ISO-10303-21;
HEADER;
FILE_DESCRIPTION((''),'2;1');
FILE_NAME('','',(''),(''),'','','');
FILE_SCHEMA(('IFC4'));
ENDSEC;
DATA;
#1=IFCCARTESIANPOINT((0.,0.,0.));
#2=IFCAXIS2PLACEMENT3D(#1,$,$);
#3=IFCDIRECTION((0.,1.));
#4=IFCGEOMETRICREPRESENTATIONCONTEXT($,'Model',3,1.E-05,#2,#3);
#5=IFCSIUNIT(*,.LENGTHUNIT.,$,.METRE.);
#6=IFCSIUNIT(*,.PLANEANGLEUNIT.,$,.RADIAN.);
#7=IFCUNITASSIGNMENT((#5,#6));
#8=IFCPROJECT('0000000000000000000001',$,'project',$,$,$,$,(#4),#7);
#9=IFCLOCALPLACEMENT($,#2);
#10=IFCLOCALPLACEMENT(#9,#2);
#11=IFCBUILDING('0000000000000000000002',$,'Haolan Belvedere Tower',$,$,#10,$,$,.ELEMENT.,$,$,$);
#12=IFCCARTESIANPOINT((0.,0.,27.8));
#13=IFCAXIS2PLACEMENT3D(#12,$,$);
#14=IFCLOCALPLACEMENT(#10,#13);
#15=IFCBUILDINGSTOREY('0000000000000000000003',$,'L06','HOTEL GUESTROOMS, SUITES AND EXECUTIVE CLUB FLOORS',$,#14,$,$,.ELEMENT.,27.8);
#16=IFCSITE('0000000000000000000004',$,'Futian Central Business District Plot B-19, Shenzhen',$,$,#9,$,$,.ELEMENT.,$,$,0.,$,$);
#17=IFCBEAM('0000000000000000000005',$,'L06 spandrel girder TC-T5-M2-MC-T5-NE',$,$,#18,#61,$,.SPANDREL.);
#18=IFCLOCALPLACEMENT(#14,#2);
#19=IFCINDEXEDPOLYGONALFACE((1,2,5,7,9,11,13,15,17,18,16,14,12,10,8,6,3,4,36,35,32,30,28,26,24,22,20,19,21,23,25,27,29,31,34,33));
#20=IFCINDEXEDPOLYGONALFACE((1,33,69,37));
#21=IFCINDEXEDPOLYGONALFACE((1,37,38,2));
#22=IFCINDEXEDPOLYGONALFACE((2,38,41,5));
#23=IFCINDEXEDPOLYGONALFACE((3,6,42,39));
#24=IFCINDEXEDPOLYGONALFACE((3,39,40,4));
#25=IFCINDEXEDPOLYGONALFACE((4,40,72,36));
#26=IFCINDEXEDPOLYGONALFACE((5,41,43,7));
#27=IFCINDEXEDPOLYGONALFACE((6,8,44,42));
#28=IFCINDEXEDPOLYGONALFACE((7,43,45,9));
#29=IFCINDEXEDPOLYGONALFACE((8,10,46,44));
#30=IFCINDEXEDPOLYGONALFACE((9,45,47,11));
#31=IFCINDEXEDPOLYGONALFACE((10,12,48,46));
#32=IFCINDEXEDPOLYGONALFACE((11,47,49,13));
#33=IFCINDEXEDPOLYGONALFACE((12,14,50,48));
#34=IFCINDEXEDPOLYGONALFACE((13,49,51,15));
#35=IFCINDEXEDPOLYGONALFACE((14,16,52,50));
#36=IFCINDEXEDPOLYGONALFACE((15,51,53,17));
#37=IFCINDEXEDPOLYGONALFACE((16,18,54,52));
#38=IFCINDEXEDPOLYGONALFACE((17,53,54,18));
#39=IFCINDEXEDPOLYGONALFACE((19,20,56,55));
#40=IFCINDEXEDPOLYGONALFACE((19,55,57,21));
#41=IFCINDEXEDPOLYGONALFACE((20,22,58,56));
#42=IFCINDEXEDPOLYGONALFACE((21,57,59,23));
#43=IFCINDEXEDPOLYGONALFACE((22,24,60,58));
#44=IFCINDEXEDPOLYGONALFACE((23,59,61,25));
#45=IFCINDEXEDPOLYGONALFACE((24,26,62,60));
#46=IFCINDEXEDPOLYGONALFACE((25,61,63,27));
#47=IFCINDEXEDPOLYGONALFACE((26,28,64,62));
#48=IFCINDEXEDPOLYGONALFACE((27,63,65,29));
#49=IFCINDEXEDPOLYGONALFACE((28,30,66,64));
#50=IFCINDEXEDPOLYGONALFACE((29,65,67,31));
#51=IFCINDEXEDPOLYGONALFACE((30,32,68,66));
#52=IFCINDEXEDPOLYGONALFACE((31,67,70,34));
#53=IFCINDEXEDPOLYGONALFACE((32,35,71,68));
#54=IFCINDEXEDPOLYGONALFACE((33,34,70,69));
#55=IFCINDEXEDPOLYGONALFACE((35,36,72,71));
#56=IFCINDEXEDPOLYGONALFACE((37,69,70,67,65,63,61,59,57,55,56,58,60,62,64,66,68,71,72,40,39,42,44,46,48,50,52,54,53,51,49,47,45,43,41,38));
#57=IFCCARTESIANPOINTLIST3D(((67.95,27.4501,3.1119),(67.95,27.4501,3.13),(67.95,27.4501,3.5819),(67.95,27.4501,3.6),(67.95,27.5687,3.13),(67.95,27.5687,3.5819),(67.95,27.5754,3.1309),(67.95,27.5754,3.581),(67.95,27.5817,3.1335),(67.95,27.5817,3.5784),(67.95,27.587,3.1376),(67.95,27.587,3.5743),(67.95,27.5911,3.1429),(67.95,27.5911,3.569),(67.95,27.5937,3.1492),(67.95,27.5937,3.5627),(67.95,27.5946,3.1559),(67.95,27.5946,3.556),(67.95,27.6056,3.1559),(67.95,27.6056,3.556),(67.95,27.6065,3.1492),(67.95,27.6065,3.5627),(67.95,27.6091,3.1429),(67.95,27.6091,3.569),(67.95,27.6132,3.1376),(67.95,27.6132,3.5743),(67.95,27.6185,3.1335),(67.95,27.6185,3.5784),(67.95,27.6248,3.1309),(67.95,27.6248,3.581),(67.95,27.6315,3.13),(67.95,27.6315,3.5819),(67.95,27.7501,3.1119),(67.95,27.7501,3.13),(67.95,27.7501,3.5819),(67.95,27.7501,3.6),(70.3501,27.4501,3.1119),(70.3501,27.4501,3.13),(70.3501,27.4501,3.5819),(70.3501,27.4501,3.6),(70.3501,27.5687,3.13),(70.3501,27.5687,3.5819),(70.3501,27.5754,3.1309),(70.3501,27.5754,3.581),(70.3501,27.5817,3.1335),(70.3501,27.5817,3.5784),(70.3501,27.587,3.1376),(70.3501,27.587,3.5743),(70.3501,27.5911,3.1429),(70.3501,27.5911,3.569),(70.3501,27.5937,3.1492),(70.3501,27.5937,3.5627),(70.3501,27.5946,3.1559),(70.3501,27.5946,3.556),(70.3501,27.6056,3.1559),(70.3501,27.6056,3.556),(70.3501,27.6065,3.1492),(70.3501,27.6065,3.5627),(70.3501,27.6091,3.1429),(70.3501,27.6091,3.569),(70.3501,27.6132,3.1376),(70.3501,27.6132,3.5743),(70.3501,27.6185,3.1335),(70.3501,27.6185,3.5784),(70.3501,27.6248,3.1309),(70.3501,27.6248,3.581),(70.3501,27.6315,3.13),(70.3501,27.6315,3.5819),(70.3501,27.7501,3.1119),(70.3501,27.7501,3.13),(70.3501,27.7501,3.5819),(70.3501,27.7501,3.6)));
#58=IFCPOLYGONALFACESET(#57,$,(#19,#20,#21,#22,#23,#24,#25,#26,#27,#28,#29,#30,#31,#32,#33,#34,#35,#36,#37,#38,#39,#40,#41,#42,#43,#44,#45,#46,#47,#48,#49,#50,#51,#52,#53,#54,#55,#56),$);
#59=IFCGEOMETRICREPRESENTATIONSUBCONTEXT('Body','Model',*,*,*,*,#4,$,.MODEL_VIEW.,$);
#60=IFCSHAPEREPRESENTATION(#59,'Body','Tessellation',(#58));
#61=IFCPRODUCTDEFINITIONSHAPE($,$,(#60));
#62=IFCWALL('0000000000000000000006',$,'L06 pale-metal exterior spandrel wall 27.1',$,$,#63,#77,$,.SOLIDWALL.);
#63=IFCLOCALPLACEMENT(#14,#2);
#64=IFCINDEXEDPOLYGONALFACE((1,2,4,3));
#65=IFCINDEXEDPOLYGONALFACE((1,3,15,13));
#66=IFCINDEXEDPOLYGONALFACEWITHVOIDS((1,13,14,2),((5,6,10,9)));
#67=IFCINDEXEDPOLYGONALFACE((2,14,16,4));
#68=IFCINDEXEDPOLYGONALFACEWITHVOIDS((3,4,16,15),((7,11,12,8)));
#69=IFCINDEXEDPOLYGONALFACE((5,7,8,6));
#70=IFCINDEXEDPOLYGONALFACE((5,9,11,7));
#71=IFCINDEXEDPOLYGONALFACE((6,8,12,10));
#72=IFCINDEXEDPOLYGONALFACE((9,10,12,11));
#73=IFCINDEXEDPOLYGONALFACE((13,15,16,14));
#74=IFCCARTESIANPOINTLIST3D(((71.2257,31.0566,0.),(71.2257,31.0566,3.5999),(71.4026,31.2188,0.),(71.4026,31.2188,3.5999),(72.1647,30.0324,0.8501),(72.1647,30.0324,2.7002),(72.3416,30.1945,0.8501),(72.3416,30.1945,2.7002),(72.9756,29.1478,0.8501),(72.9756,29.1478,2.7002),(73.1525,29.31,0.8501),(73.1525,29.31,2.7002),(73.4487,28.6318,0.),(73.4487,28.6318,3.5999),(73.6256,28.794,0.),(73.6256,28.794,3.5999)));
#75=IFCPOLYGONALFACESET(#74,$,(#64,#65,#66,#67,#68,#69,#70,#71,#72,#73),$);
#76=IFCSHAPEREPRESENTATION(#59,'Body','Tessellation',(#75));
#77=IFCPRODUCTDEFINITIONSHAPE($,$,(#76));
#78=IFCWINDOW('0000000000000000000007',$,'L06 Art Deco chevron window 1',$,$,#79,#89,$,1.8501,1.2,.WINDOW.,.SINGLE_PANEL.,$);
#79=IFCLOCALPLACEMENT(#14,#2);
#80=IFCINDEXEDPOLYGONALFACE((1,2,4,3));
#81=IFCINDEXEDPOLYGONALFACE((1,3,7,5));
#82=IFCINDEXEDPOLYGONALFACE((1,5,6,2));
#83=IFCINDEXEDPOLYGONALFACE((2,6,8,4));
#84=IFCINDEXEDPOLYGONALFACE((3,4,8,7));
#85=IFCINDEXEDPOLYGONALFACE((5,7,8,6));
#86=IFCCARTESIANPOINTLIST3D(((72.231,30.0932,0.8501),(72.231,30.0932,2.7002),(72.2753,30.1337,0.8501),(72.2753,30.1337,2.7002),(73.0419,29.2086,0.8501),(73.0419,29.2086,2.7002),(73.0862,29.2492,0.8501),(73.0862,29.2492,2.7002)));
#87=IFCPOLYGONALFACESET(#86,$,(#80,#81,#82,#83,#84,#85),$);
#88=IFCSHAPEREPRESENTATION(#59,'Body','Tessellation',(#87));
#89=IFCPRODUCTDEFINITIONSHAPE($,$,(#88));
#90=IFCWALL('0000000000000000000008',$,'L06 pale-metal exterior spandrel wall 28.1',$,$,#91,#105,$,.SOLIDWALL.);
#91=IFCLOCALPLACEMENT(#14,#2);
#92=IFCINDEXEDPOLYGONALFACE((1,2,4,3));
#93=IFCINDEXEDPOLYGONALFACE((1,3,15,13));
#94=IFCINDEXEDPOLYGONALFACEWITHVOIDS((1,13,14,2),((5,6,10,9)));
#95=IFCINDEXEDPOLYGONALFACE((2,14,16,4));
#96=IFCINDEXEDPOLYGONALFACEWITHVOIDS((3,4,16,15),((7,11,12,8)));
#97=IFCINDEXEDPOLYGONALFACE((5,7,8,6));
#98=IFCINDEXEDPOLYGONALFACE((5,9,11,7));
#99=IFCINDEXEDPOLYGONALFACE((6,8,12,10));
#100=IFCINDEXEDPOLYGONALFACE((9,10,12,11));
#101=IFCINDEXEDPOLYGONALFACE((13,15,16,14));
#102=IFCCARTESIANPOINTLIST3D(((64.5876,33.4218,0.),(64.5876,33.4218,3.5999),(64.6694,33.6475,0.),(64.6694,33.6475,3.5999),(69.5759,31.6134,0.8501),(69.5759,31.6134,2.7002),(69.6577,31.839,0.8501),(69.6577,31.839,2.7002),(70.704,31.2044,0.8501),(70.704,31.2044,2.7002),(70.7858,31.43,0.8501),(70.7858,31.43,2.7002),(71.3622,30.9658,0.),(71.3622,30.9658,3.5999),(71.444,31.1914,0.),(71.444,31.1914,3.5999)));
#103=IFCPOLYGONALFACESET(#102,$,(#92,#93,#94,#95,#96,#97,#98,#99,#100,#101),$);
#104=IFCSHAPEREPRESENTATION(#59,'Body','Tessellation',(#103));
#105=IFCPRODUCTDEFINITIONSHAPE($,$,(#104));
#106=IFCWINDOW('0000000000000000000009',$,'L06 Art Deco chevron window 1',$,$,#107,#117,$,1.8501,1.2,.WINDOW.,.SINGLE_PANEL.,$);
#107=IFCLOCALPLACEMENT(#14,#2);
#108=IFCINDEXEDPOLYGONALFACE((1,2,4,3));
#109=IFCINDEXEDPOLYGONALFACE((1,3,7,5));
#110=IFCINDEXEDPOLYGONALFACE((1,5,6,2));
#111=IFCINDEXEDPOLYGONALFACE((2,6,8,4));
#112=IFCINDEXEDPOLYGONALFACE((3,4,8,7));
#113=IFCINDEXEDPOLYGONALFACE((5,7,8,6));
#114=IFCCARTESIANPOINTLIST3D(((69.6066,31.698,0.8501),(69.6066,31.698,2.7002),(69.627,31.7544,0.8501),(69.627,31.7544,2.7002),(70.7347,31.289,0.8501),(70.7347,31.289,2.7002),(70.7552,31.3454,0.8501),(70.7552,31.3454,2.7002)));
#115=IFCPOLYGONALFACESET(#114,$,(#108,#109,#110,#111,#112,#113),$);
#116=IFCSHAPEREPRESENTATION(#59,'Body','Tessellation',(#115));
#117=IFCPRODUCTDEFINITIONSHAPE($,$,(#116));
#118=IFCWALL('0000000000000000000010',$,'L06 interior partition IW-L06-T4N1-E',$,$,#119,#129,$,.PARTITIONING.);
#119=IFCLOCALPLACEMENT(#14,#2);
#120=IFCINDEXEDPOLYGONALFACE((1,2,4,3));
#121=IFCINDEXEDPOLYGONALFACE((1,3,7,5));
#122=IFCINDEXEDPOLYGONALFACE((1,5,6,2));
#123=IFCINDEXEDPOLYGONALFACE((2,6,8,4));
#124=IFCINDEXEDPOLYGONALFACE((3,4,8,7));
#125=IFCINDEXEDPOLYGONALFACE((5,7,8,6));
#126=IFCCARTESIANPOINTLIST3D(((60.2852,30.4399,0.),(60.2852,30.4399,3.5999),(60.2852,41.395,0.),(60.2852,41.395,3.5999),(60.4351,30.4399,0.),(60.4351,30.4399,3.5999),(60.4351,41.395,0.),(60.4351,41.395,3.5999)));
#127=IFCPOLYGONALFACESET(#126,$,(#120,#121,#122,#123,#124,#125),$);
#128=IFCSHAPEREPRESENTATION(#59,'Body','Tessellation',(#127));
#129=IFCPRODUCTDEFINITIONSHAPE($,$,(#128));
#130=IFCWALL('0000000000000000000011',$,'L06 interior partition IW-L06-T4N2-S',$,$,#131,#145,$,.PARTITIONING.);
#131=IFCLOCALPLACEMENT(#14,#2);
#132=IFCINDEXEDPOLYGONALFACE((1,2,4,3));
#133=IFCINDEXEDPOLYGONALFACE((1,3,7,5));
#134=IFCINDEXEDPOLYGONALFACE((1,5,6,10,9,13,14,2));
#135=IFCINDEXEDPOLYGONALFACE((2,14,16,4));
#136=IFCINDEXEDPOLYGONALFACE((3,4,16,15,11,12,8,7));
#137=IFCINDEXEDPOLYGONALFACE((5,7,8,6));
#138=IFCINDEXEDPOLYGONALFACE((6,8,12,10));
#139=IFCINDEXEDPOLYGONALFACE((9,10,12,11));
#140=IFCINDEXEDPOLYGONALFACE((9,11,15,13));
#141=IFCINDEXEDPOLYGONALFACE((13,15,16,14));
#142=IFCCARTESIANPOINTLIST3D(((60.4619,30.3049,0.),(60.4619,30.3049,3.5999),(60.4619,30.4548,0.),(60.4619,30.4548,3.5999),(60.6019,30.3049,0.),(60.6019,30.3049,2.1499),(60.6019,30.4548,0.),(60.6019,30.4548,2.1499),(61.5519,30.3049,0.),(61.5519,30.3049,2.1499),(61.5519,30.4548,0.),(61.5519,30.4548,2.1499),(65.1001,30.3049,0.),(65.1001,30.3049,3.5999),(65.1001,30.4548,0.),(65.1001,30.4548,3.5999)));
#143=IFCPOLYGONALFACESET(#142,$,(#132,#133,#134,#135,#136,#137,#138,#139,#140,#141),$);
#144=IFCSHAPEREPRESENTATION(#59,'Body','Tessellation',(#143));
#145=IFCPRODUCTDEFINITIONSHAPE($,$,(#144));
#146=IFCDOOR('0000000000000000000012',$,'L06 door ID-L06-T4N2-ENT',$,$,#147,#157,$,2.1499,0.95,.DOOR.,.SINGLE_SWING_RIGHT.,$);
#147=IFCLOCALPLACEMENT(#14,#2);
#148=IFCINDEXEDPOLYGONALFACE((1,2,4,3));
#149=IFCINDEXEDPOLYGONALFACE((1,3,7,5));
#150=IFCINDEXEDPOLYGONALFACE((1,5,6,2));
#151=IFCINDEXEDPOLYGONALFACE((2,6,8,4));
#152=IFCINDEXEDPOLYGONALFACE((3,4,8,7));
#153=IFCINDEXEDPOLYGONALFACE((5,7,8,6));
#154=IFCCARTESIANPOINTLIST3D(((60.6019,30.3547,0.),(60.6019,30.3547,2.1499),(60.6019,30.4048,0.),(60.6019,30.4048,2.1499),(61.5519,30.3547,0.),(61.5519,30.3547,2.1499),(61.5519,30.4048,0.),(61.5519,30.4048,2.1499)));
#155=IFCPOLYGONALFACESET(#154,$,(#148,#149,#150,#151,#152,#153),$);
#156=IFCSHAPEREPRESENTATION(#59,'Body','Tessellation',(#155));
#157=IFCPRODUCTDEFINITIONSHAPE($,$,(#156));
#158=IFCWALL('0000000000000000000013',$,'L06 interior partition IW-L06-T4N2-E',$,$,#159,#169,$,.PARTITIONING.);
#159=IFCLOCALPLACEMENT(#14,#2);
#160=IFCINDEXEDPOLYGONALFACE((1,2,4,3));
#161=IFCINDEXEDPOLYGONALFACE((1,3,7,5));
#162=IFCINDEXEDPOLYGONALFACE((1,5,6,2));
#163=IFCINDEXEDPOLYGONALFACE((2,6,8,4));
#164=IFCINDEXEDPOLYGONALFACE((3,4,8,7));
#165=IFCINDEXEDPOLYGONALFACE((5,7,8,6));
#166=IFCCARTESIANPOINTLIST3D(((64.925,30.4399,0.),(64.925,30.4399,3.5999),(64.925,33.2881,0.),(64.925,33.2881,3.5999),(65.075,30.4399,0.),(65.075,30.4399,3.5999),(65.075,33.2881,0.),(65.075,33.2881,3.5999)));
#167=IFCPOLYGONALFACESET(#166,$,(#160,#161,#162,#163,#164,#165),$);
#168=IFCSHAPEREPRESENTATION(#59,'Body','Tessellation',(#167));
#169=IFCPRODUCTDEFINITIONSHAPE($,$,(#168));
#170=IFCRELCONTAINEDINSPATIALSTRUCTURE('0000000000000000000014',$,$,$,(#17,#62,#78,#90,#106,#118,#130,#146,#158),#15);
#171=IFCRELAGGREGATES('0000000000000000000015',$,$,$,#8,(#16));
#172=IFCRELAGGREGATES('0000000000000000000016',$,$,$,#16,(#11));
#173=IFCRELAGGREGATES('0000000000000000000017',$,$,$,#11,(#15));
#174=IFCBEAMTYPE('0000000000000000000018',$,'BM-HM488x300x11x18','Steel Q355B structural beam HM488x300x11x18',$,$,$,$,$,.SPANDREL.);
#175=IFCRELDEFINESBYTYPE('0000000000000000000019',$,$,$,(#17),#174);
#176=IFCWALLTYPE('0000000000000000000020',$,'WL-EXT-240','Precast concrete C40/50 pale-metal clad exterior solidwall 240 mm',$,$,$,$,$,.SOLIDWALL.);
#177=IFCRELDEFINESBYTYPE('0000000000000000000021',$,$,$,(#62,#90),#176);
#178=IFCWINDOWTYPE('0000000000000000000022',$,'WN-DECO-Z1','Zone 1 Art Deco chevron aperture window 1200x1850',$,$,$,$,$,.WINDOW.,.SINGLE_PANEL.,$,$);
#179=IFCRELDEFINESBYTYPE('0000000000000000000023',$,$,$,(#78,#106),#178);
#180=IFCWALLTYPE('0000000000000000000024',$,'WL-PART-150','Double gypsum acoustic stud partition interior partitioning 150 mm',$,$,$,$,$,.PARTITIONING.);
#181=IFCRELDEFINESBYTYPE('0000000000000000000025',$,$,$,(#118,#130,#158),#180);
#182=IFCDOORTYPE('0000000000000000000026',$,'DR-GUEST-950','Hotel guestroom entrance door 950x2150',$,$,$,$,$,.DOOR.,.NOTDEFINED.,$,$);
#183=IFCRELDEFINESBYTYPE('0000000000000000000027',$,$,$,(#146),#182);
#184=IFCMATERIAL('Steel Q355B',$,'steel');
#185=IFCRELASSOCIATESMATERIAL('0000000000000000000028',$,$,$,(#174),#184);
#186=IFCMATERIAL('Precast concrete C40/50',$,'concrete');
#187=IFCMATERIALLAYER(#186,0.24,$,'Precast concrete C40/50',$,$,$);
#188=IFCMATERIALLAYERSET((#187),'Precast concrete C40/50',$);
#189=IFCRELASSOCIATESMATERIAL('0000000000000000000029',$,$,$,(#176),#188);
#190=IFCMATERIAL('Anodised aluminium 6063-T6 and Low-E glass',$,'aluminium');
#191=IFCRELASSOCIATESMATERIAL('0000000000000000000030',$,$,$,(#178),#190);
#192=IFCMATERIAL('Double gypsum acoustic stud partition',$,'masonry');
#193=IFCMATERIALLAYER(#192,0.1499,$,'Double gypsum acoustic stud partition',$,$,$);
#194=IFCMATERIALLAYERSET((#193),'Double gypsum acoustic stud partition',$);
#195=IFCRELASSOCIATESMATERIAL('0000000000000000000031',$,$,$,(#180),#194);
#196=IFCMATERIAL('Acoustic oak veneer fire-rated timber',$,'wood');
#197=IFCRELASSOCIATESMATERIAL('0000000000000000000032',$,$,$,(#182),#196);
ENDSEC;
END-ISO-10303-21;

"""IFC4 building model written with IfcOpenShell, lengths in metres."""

from ifc_helpers import new_model, si_unit, direction, frame, frame_2d, origin, origin_2d, place, context, subcontext, project, spatial, rectangle, i_section, extrude, material, layer, layer_set, material_profile, profile_set, type_object, element, fill, save


model = new_model("IFC4")

# Units and contexts
model_context = context("Model", 3, precision=1e-05, world=origin(), true_north=direction((0.0, 1.0)))
body_context = subcontext(model_context, "Body", "Model", "MODEL_VIEW")
ifc_project = project(units=[si_unit("LENGTHUNIT", "METRE"), si_unit("PLANEANGLEUNIT", "RADIAN")], contexts=[model_context])

# Site, building, storey
site_placement = place(None, origin())
site = spatial("IfcSite", under=ifc_project, at=site_placement, Name="Futian Central Business District Plot B-19, Shenzhen", CompositionType="ELEMENT", RefElevation=0.0)
building_placement = place(site_placement, origin())
building = spatial("IfcBuilding", under=site, at=building_placement, Name="Haolan Belvedere Tower", CompositionType="ELEMENT")
storey_placement = place(building_placement, frame((0.0, 0.0, 27.8)))
storey = spatial("IfcBuildingStorey", under=building, at=storey_placement, Name="L06", Description="HOTEL GUESTROOMS, SUITES AND EXECUTIVE CLUB FLOORS", CompositionType="ELEMENT", Elevation=27.8)

# Shared definitions
ifc_material_1 = material(Name="Steel Q355B", Category="steel")

# Beam
ifc_material_profile_1 = material_profile(ifc_material_1, i_section(OverallWidth=0.3, OverallDepth=0.488, WebThickness=0.011, FlangeThickness=0.0181, FilletRadius=0.0259, at=origin_2d()), Name="Steel Q355B")
ifc_profile_set_1 = profile_set([ifc_material_profile_1], Name="Steel Q355B")
beam_type = type_object("IfcBeamType", Name="BM-HM488x300x11x18", Description="Steel Q355B structural beam HM488x300x11x18", PredefinedType="SPANDREL", material=ifc_profile_set_1)
for number, where, z_axis, x_axis, name in (
    (1, (67.95, 27.6001, 3.356), (1.0, 0.0, 0.0), (0.0, 1.0, 0.0), "L06 spandrel girder TC-T5-M2-MC-T5-NE"),
):
    element("IfcBeam", number, at=place(storey_placement, frame(where, z_axis=z_axis, x_axis=x_axis)), inside=storey, type_object=beam_type, Name=name, PredefinedType="SPANDREL", context=body_context, shape_type="SweptSolid", body=[
        extrude(i_section(OverallWidth=0.3, OverallDepth=0.488, WebThickness=0.011, FlangeThickness=0.0181, FilletRadius=0.0259, at=origin_2d()), origin(), (0.0, 0.0, 1.0), 2.4001),
    ])

# Walls, openings, windows
ifc_material_2 = material(Name="Precast concrete C40/50", Category="concrete")
ifc_layer_1 = layer(ifc_material_2, 0.24, Name="Precast concrete C40/50")
ifc_layer_set_1 = layer_set([ifc_layer_1], Name="Precast concrete C40/50")
wall_type_1 = type_object("IfcWallType", Name="WL-EXT-240", Description="Precast concrete C40/50 pale-metal clad exterior solidwall 240 mm", PredefinedType="SOLIDWALL", material=ifc_layer_set_1)
wall_1_placement = place(storey_placement, frame((73.5371, 28.7129, 0.0), z_axis=(0.0, 0.0, 1.0), x_axis=(-0.675752, 0.737129, 0.0)))
wall_1 = element("IfcWall", 2, at=wall_1_placement, inside=storey, type_object=wall_type_1, Name="L06 pale-metal exterior spandrel wall 27.1", PredefinedType="SOLIDWALL", context=body_context, shape_type="SweptSolid", body=[
    extrude(rectangle(XDim=3.2896, YDim=0.24, at=frame_2d((1.6448, 0.0))), origin(), (0.0, 0.0, 1.0), 3.5999),
])
opening_1_placement = place(wall_1_placement, frame((0.7, 0.0, 0.8501)))
opening_1 = element("IfcOpeningElement", 3, at=opening_1_placement, cuts=wall_1, PredefinedType="OPENING", context=body_context, shape_type="SweptSolid", body=[
    extrude(rectangle(XDim=1.2, YDim=1.8501, at=frame_2d((0.6001, 0.925))), frame((0.0, 0.1299, 0.0), z_axis=(0.0, -1.0, 0.0), x_axis=(1.0, 0.0, 0.0)), (0.0, 0.0, 1.0), 0.26),
])
ifc_material_3 = material(Name="Anodised aluminium 6063-T6 and Low-E glass", Category="aluminium")
window_type = type_object("IfcWindowType", Name="WN-DECO-Z1", Description="Zone 1 Art Deco chevron aperture window 1200x1850", PartitioningType="SINGLE_PANEL", PredefinedType="WINDOW", material=ifc_material_3)
window_1_placement = place(opening_1_placement, origin())
window_1 = element("IfcWindow", 4, at=window_1_placement, inside=storey, type_object=window_type, Name="L06 Art Deco chevron window 1", OverallHeight=1.8501, OverallWidth=1.2, PartitioningType="SINGLE_PANEL", PredefinedType="WINDOW", context=body_context, shape_type="SweptSolid", body=[
    extrude(rectangle(XDim=1.2, YDim=1.8501, at=frame_2d((0.6001, 0.925))), frame((0.0, 0.03, 0.0), z_axis=(0.0, -1.0, 0.0), x_axis=(1.0, 0.0, 0.0)), (0.0, 0.0, 1.0), 0.0601),
])
fill(opening_1, window_1)
wall_2_placement = place(storey_placement, frame((71.4031, 31.0786, 0.0), z_axis=(0.0, 0.0, 1.0), x_axis=(-0.940125, 0.340829, 0.0)))
wall_2 = element("IfcWall", 5, at=wall_2_placement, inside=storey, type_object=wall_type_1, Name="L06 pale-metal exterior spandrel wall 28.1", PredefinedType="SOLIDWALL", context=body_context, shape_type="SweptSolid", body=[
    extrude(rectangle(XDim=7.2061, YDim=0.24, at=frame_2d((3.603, 0.0))), origin(), (0.0, 0.0, 1.0), 3.5999),
])
opening_2_placement = place(wall_2_placement, frame((0.7, 0.0, 0.8501)))
opening_2 = element("IfcOpeningElement", 6, at=opening_2_placement, cuts=wall_2, PredefinedType="OPENING", context=body_context, shape_type="SweptSolid", body=[
    extrude(rectangle(XDim=1.2, YDim=1.8501, at=frame_2d((0.6001, 0.925))), frame((0.0, 0.1299, 0.0), z_axis=(0.0, -1.0, 0.0), x_axis=(1.0, 0.0, 0.0)), (0.0, 0.0, 1.0), 0.26),
])
window_2_placement = place(opening_2_placement, origin())
window_2 = element("IfcWindow", 7, at=window_2_placement, inside=storey, type_object=window_type, Name="L06 Art Deco chevron window 1", OverallHeight=1.8501, OverallWidth=1.2, PartitioningType="SINGLE_PANEL", PredefinedType="WINDOW", context=body_context, shape_type="SweptSolid", body=[
    extrude(rectangle(XDim=1.2, YDim=1.8501, at=frame_2d((0.6001, 0.925))), frame((0.0, 0.03, 0.0), z_axis=(0.0, -1.0, 0.0), x_axis=(1.0, 0.0, 0.0)), (0.0, 0.0, 1.0), 0.0601),
])
fill(opening_2, window_2)

# Wall
ifc_material_4 = material(Name="Double gypsum acoustic stud partition", Category="masonry")
ifc_layer_2 = layer(ifc_material_4, 0.1499, Name="Double gypsum acoustic stud partition")
ifc_layer_set_2 = layer_set([ifc_layer_2], Name="Double gypsum acoustic stud partition")
wall_type_2 = type_object("IfcWallType", Name="WL-PART-150", Description="Double gypsum acoustic stud partition interior partitioning 150 mm", PredefinedType="PARTITIONING", material=ifc_layer_set_2)
wall_3_placement = place(storey_placement, frame((60.3601, 30.4399, 0.0), z_axis=(0.0, 0.0, 1.0), x_axis=(0.0, 1.0, 0.0)))
element("IfcWall", 8, at=wall_3_placement, inside=storey, type_object=wall_type_2, Name="L06 interior partition IW-L06-T4N1-E", PredefinedType="PARTITIONING", context=body_context, shape_type="SweptSolid", body=[
    extrude(rectangle(XDim=10.9551, YDim=0.1499, at=frame_2d((5.4775, 0.0))), origin(), (0.0, 0.0, 1.0), 3.5999),
])

# Wall, opening, door
wall_4_placement = place(storey_placement, frame((60.4619, 30.3799, 0.0), z_axis=(0.0, 0.0, 1.0), x_axis=(1.0, 0.0, 0.0)))
wall_4 = element("IfcWall", 9, at=wall_4_placement, inside=storey, type_object=wall_type_2, Name="L06 interior partition IW-L06-T4N2-S", PredefinedType="PARTITIONING", context=body_context, shape_type="SweptSolid", body=[
    extrude(rectangle(XDim=4.6382, YDim=0.1499, at=frame_2d((2.3191, 0.0))), origin(), (0.0, 0.0, 1.0), 3.5999),
])
opening_3_placement = place(wall_4_placement, frame((0.1399, 0.0, 0.0)))
opening_3 = element("IfcOpeningElement", 10, at=opening_3_placement, cuts=wall_4, PredefinedType="OPENING", context=body_context, shape_type="SweptSolid", body=[
    extrude(rectangle(XDim=0.95, YDim=2.1499, at=frame_2d((0.4751, 1.075))), frame((0.0, 0.085, 0.0), z_axis=(0.0, -1.0, 0.0), x_axis=(1.0, 0.0, 0.0)), (0.0, 0.0, 1.0), 0.1699),
])
ifc_material_5 = material(Name="Acoustic oak veneer fire-rated timber", Category="wood")
door_type_1 = type_object("IfcDoorType", Name="DR-GUEST-950", Description="Hotel guestroom entrance door 950x2150", OperationType="NOTDEFINED", PredefinedType="DOOR", material=ifc_material_5)
door_1_placement = place(opening_3_placement, origin())
door_1 = element("IfcDoor", 11, at=door_1_placement, inside=storey, type_object=door_type_1, Name="L06 door ID-L06-T4N2-ENT", OperationType="SINGLE_SWING_RIGHT", OverallHeight=2.1499, OverallWidth=0.95, PredefinedType="DOOR", context=body_context, shape_type="SweptSolid", body=[
    extrude(rectangle(XDim=0.95, YDim=2.1499, at=frame_2d((0.4751, 1.075))), frame((0.0, 0.0249, 0.0), z_axis=(0.0, -1.0, 0.0), x_axis=(1.0, 0.0, 0.0)), (0.0, 0.0, 1.0), 0.05),
])
fill(opening_3, door_1)

# Wall
wall_5_placement = place(storey_placement, frame((65.0, 30.4399, 0.0), z_axis=(0.0, 0.0, 1.0), x_axis=(0.0, 1.0, 0.0)))
element("IfcWall", 12, at=wall_5_placement, inside=storey, type_object=wall_type_2, Name="L06 interior partition IW-L06-T4N2-E", PredefinedType="PARTITIONING", context=body_context, shape_type="SweptSolid", body=[
    extrude(rectangle(XDim=2.8481, YDim=0.1499, at=frame_2d((1.4241, 0.0))), origin(), (0.0, 0.0, 1.0), 3.5999),
])

save(model, "model.ifc")
